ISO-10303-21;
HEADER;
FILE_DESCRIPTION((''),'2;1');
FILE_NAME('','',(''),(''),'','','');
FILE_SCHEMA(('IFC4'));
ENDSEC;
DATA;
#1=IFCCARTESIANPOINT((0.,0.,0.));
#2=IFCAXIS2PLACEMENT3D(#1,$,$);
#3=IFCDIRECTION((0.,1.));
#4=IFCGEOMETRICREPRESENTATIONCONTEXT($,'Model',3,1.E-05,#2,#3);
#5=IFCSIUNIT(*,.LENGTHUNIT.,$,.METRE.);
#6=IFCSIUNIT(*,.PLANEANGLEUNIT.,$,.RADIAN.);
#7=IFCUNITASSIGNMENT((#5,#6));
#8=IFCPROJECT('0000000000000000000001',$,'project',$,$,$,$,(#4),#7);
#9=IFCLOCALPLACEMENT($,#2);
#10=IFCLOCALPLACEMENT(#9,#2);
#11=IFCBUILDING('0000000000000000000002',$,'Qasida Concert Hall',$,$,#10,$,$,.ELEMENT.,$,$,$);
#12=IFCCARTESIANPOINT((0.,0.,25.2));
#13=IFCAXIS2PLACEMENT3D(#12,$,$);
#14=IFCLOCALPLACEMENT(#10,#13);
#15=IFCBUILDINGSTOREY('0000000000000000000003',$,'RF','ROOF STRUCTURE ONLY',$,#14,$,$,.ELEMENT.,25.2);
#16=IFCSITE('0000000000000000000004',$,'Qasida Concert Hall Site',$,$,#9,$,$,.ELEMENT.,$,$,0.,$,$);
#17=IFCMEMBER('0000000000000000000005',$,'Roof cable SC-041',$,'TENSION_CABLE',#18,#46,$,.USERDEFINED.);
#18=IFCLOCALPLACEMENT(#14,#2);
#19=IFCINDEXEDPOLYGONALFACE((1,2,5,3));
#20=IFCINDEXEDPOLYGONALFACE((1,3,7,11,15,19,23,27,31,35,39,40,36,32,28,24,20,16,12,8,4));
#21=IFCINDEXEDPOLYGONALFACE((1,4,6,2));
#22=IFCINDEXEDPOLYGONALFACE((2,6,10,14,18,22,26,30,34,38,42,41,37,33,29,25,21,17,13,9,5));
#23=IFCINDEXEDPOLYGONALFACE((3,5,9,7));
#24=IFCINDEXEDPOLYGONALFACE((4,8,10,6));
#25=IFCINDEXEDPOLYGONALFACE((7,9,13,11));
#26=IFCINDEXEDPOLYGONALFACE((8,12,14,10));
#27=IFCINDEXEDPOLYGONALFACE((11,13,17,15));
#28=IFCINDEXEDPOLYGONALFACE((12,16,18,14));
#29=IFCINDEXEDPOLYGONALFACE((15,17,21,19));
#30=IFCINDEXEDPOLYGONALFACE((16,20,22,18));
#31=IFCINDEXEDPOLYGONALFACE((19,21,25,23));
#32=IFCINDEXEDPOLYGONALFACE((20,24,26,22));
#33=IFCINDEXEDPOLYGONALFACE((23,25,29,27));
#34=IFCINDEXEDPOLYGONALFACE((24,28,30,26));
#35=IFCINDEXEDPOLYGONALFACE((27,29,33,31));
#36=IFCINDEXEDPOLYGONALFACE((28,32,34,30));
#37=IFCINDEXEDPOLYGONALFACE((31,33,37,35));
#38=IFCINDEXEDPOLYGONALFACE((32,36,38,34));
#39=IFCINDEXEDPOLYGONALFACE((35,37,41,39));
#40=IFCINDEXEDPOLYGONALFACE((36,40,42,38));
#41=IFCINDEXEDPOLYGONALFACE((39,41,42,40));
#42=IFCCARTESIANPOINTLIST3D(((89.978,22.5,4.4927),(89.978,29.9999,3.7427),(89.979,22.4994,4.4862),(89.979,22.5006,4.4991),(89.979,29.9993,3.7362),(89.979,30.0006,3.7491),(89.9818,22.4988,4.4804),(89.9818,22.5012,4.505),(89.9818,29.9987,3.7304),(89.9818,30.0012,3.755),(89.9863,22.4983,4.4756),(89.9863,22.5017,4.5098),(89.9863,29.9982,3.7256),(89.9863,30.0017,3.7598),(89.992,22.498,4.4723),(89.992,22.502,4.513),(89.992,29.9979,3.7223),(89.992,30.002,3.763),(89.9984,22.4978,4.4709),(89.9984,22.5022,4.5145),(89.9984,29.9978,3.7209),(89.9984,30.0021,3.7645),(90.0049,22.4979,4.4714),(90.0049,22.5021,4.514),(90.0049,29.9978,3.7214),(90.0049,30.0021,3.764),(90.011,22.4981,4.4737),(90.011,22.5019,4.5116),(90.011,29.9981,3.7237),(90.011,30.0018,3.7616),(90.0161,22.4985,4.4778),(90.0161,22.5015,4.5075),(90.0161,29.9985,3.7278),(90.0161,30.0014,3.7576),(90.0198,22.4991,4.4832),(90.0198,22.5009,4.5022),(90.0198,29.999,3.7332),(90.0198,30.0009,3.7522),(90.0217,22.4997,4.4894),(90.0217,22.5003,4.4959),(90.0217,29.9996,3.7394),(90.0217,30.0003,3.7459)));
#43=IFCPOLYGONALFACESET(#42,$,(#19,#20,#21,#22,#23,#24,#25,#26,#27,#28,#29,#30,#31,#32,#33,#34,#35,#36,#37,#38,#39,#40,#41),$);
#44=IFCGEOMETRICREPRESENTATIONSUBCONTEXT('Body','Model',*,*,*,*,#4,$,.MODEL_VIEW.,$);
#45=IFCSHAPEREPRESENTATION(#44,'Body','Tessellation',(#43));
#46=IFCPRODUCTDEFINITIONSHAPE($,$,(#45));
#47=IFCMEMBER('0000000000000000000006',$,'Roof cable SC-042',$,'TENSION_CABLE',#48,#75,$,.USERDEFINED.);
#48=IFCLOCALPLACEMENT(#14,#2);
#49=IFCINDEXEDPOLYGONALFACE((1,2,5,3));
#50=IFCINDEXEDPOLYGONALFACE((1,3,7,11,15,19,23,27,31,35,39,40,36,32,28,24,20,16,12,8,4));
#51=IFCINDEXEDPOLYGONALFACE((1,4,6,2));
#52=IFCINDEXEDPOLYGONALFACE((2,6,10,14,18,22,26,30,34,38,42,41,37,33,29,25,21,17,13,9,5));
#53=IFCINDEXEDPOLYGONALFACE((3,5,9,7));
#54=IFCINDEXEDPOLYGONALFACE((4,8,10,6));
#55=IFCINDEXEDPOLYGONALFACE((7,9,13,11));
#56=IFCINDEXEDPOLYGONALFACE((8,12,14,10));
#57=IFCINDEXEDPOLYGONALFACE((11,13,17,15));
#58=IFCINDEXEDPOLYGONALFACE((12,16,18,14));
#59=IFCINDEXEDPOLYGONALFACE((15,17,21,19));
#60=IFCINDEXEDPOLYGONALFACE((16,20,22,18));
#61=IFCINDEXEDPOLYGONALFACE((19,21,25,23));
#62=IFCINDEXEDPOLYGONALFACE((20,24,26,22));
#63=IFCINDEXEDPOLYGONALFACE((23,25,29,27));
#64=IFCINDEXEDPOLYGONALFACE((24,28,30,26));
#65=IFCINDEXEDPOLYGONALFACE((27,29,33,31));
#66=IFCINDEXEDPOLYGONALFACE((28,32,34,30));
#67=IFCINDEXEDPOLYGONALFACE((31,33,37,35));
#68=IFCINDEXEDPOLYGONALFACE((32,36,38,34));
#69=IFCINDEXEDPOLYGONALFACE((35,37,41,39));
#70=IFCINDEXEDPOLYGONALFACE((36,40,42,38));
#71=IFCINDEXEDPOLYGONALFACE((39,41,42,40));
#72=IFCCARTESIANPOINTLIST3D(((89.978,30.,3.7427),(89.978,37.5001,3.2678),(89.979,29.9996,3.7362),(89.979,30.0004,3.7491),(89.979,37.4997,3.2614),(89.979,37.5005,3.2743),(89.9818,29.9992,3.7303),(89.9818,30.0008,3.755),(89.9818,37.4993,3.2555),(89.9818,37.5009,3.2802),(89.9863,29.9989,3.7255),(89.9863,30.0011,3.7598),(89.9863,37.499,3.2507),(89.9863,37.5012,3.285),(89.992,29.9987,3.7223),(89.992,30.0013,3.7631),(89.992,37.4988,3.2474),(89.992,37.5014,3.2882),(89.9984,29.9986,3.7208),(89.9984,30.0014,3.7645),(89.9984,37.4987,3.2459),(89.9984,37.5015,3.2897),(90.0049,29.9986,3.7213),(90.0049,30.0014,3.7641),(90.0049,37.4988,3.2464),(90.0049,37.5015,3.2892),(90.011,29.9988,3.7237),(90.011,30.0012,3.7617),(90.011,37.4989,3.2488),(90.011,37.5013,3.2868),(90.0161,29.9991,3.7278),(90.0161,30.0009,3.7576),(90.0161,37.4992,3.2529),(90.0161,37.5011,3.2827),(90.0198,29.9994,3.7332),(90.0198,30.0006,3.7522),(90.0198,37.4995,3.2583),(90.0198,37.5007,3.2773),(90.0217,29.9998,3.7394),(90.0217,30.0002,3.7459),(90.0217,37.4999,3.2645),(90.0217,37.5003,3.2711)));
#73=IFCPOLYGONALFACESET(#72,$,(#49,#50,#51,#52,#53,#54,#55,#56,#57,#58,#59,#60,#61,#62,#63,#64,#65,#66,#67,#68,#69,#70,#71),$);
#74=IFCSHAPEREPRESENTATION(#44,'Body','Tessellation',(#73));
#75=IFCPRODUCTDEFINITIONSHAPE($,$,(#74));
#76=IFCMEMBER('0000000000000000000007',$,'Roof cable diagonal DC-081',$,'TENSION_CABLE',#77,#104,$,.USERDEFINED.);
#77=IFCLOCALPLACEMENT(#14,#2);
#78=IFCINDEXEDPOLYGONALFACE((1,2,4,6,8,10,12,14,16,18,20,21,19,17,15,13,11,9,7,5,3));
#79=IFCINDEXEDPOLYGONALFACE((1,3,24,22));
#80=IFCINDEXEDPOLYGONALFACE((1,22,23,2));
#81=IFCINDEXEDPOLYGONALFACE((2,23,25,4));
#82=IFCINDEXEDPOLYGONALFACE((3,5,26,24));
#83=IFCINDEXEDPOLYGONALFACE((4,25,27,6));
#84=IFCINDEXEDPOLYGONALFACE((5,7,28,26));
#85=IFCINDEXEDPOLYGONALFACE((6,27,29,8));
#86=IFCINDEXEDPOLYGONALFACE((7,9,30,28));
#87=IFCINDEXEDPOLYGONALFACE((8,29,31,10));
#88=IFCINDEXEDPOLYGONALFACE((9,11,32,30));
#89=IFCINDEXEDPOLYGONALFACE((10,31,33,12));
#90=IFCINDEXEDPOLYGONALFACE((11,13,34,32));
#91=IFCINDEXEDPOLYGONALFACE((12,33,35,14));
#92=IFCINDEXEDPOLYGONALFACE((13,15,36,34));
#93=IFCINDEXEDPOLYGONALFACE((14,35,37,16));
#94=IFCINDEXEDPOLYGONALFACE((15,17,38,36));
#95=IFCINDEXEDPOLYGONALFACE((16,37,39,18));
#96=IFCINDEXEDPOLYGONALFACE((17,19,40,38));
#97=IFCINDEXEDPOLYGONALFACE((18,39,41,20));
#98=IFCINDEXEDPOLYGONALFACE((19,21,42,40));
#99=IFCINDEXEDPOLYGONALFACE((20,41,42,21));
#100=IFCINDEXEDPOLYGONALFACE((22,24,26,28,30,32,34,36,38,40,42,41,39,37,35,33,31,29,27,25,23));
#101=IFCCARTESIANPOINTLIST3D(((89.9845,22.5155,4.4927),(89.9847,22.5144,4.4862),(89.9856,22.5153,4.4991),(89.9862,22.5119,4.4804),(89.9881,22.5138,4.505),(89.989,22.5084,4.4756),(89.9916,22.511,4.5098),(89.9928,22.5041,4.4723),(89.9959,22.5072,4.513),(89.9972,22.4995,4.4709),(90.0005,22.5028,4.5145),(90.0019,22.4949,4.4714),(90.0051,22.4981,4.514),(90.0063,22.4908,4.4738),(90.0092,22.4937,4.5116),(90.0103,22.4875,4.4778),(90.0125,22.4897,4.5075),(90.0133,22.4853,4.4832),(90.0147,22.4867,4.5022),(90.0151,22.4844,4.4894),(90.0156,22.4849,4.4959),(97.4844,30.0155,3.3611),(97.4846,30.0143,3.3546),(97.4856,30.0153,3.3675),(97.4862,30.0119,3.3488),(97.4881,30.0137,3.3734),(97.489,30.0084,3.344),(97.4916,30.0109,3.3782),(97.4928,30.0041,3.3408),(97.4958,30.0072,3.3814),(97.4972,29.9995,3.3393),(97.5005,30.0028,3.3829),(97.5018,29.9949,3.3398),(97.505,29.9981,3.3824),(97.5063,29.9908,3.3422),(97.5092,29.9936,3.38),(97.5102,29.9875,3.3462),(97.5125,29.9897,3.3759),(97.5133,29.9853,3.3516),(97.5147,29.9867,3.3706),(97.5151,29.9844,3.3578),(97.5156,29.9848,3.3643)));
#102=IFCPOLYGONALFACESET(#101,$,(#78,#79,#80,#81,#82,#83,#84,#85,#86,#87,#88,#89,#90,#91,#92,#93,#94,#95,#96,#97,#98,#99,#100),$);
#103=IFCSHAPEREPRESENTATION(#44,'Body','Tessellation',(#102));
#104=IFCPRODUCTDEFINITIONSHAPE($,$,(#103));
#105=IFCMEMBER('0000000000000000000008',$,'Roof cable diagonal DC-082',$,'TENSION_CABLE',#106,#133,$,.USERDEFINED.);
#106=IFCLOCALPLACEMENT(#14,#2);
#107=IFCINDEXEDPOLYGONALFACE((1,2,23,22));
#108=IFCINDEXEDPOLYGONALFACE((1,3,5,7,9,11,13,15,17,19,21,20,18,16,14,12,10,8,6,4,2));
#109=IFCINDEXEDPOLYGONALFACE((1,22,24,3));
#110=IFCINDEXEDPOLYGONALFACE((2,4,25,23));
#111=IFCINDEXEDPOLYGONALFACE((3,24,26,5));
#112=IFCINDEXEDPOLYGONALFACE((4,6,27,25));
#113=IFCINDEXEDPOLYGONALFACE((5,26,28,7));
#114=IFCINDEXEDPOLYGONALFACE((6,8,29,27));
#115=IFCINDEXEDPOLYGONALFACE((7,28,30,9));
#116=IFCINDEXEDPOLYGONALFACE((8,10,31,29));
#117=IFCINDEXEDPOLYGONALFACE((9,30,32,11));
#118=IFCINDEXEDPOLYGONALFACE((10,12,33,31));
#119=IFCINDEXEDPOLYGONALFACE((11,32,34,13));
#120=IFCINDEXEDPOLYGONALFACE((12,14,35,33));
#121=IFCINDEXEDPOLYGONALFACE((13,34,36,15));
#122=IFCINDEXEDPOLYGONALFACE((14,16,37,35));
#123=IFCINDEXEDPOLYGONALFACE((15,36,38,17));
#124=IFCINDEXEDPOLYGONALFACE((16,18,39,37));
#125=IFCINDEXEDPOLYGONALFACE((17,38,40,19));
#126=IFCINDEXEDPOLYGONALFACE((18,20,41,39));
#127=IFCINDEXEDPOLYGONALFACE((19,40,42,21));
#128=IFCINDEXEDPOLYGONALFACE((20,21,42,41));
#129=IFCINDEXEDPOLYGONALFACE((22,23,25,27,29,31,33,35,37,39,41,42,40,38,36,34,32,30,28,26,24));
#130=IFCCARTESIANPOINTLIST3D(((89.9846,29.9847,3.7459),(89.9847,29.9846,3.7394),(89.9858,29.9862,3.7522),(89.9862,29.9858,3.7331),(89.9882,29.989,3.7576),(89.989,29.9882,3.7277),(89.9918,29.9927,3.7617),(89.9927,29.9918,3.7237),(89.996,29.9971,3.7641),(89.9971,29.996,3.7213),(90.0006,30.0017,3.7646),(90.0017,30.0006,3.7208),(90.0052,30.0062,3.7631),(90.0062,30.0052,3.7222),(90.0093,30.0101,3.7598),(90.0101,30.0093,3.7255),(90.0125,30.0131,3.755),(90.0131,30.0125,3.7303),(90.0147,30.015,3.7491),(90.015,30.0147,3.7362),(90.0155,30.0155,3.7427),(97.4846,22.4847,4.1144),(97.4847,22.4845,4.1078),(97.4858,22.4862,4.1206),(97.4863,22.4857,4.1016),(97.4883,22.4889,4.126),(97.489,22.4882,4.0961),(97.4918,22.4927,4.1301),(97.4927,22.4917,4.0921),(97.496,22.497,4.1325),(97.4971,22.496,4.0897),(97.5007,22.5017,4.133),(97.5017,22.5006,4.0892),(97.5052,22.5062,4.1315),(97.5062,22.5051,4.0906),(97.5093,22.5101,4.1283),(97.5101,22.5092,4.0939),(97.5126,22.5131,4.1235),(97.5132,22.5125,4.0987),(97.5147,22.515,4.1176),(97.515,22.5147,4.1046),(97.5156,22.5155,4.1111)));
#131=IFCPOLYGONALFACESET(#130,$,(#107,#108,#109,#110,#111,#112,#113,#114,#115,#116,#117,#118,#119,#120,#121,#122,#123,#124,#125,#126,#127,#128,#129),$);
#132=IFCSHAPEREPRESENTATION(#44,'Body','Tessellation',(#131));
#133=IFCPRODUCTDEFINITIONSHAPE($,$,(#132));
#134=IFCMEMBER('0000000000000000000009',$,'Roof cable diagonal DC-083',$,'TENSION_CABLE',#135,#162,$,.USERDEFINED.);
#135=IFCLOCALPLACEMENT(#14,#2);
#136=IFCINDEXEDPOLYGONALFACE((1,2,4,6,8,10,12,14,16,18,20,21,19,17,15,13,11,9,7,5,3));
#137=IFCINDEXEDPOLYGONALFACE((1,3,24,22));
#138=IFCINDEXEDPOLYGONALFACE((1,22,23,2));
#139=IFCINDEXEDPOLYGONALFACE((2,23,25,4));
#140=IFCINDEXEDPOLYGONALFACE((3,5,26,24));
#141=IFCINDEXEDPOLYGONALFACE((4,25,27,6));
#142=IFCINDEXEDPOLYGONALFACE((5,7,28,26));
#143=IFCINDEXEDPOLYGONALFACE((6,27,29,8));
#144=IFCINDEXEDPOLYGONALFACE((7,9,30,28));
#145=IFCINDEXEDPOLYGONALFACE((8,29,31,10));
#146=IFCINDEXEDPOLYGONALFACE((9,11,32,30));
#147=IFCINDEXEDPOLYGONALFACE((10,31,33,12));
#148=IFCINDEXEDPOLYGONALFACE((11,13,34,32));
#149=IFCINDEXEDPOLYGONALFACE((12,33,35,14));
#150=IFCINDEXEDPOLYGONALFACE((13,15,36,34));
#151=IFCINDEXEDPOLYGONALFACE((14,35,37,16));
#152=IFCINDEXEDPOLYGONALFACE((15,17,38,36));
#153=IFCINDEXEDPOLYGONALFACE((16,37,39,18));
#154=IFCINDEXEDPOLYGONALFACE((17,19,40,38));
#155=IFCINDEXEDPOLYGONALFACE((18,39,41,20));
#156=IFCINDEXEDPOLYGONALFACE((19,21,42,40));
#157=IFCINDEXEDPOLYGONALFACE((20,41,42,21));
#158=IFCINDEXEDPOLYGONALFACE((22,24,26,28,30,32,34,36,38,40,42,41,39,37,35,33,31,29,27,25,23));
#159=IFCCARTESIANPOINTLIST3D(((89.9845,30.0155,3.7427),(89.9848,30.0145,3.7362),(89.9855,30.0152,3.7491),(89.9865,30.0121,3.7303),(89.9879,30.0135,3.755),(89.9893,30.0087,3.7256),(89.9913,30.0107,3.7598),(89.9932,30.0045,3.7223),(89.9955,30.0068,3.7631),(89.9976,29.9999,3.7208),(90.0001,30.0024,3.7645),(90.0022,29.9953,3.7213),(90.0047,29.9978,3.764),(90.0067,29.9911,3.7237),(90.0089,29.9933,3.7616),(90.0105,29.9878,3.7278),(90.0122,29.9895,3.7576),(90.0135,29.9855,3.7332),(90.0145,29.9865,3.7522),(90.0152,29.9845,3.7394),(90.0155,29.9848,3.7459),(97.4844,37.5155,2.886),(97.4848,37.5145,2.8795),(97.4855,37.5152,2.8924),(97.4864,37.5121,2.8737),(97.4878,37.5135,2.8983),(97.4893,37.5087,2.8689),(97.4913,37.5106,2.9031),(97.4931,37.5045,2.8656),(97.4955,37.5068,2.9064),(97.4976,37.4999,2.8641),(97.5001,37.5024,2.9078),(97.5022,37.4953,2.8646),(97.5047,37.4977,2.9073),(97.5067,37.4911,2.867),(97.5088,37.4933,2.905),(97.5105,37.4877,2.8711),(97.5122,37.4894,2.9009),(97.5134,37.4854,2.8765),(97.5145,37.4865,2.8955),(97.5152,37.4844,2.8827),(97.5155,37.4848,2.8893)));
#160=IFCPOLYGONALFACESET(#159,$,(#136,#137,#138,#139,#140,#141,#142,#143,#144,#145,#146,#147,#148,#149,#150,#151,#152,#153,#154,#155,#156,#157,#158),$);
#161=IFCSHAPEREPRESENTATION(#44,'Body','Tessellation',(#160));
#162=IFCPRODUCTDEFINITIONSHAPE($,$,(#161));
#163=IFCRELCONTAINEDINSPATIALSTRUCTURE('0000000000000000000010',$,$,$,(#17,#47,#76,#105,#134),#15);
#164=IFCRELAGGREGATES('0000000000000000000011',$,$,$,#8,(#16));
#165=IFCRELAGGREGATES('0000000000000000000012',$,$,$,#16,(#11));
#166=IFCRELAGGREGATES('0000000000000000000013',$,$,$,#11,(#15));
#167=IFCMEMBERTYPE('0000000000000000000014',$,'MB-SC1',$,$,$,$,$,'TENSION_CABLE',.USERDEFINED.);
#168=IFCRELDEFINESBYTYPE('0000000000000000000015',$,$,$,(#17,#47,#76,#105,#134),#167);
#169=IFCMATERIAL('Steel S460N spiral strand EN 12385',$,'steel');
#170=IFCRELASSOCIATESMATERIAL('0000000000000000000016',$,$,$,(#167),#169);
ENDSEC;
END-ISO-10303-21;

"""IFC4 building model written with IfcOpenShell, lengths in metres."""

from ifc_helpers import new_model, si_unit, direction, frame, origin, origin_2d, place, context, subcontext, project, spatial, circle, extrude, material, material_profile, profile_set, type_object, element, save


model = new_model("IFC4")

# Units and contexts
model_context = context("Model", 3, precision=1e-05, world=origin(), true_north=direction((0.0, 1.0)))
body_context = subcontext(model_context, "Body", "Model", "MODEL_VIEW")
ifc_project = project(units=[si_unit("LENGTHUNIT", "METRE"), si_unit("PLANEANGLEUNIT", "RADIAN")], contexts=[model_context])

# Site, building, storey
site_placement = place(None, origin())
site = spatial("IfcSite", under=ifc_project, at=site_placement, Name="Qasida Concert Hall Site", CompositionType="ELEMENT", RefElevation=0.0)
building_placement = place(site_placement, origin())
building = spatial("IfcBuilding", under=site, at=building_placement, Name="Qasida Concert Hall", CompositionType="ELEMENT")
storey_placement = place(building_placement, frame((0.0, 0.0, 25.2)))
storey = spatial("IfcBuildingStorey", under=building, at=storey_placement, Name="RF", Description="ROOF STRUCTURE ONLY", CompositionType="ELEMENT", Elevation=25.2)

# Members
ifc_material_1 = material(Name="Steel S460N spiral strand EN 12385", Category="steel")
ifc_material_profile_1 = material_profile(ifc_material_1, circle(Radius=0.022, at=origin_2d()), Name="STRAND D44")
ifc_profile_set_1 = profile_set([ifc_material_profile_1], Name="Steel S460N spiral strand EN 12385")
member_type_1 = type_object("IfcMemberType", Name="MB-SC1", ElementType="TENSION_CABLE", PredefinedType="USERDEFINED", material=ifc_profile_set_1)
member_1_placement = place(storey_placement, frame((90.0, 22.5, 4.4927), z_axis=(0.0, 0.995037, -0.099504), x_axis=(-1.0, 0.0, 0.0)))
element("IfcMember", 1, at=member_1_placement, inside=storey, type_object=member_type_1, Name="Roof cable SC-041", ObjectType="TENSION_CABLE", PredefinedType="USERDEFINED", context=body_context, shape_type="SweptSolid", body=[
    extrude(circle(Radius=0.022, at=origin_2d()), origin(), (0.0, 0.0, 1.0), 7.5374),
])
member_2_placement = place(storey_placement, frame((90.0, 30.0, 3.7427), z_axis=(0.0, 0.998002, -0.063187), x_axis=(-1.0, 0.0, 0.0)))
element("IfcMember", 2, at=member_2_placement, inside=storey, type_object=member_type_1, Name="Roof cable SC-042", ObjectType="TENSION_CABLE", PredefinedType="USERDEFINED", context=body_context, shape_type="SweptSolid", body=[
    extrude(circle(Radius=0.022, at=origin_2d()), origin(), (0.0, 0.0, 1.0), 7.5151),
])
member_3_placement = place(storey_placement, frame((90.0, 22.5, 4.4927), z_axis=(0.703117, 0.703117, -0.106085), x_axis=(-0.707107, 0.707107, 0.0)))
element("IfcMember", 3, at=member_3_placement, inside=storey, type_object=member_type_1, Name="Roof cable diagonal DC-081", ObjectType="TENSION_CABLE", PredefinedType="USERDEFINED", context=body_context, shape_type="SweptSolid", body=[
    extrude(circle(Radius=0.022, at=origin_2d()), origin(), (0.0, 0.0, 1.0), 10.6667),
])
member_4_placement = place(storey_placement, frame((90.0, 30.0, 3.7427), z_axis=(0.706681, -0.706681, 0.034713), x_axis=(0.707107, 0.707107, 0.0)))
element("IfcMember", 4, at=member_4_placement, inside=storey, type_object=member_type_1, Name="Roof cable diagonal DC-082", ObjectType="TENSION_CABLE", PredefinedType="USERDEFINED", context=body_context, shape_type="SweptSolid", body=[
    extrude(circle(Radius=0.022, at=origin_2d()), origin(), (0.0, 0.0, 1.0), 10.613),
])
member_5_placement = place(storey_placement, frame((90.0, 30.0, 3.7427), z_axis=(0.704812, 0.704812, -0.080507), x_axis=(-0.707107, 0.707107, 0.0)))
element("IfcMember", 5, at=member_5_placement, inside=storey, type_object=member_type_1, Name="Roof cable diagonal DC-083", ObjectType="TENSION_CABLE", PredefinedType="USERDEFINED", context=body_context, shape_type="SweptSolid", body=[
    extrude(circle(Radius=0.022, at=origin_2d()), origin(), (0.0, 0.0, 1.0), 10.6411),
])

save(model, "model.ifc")
